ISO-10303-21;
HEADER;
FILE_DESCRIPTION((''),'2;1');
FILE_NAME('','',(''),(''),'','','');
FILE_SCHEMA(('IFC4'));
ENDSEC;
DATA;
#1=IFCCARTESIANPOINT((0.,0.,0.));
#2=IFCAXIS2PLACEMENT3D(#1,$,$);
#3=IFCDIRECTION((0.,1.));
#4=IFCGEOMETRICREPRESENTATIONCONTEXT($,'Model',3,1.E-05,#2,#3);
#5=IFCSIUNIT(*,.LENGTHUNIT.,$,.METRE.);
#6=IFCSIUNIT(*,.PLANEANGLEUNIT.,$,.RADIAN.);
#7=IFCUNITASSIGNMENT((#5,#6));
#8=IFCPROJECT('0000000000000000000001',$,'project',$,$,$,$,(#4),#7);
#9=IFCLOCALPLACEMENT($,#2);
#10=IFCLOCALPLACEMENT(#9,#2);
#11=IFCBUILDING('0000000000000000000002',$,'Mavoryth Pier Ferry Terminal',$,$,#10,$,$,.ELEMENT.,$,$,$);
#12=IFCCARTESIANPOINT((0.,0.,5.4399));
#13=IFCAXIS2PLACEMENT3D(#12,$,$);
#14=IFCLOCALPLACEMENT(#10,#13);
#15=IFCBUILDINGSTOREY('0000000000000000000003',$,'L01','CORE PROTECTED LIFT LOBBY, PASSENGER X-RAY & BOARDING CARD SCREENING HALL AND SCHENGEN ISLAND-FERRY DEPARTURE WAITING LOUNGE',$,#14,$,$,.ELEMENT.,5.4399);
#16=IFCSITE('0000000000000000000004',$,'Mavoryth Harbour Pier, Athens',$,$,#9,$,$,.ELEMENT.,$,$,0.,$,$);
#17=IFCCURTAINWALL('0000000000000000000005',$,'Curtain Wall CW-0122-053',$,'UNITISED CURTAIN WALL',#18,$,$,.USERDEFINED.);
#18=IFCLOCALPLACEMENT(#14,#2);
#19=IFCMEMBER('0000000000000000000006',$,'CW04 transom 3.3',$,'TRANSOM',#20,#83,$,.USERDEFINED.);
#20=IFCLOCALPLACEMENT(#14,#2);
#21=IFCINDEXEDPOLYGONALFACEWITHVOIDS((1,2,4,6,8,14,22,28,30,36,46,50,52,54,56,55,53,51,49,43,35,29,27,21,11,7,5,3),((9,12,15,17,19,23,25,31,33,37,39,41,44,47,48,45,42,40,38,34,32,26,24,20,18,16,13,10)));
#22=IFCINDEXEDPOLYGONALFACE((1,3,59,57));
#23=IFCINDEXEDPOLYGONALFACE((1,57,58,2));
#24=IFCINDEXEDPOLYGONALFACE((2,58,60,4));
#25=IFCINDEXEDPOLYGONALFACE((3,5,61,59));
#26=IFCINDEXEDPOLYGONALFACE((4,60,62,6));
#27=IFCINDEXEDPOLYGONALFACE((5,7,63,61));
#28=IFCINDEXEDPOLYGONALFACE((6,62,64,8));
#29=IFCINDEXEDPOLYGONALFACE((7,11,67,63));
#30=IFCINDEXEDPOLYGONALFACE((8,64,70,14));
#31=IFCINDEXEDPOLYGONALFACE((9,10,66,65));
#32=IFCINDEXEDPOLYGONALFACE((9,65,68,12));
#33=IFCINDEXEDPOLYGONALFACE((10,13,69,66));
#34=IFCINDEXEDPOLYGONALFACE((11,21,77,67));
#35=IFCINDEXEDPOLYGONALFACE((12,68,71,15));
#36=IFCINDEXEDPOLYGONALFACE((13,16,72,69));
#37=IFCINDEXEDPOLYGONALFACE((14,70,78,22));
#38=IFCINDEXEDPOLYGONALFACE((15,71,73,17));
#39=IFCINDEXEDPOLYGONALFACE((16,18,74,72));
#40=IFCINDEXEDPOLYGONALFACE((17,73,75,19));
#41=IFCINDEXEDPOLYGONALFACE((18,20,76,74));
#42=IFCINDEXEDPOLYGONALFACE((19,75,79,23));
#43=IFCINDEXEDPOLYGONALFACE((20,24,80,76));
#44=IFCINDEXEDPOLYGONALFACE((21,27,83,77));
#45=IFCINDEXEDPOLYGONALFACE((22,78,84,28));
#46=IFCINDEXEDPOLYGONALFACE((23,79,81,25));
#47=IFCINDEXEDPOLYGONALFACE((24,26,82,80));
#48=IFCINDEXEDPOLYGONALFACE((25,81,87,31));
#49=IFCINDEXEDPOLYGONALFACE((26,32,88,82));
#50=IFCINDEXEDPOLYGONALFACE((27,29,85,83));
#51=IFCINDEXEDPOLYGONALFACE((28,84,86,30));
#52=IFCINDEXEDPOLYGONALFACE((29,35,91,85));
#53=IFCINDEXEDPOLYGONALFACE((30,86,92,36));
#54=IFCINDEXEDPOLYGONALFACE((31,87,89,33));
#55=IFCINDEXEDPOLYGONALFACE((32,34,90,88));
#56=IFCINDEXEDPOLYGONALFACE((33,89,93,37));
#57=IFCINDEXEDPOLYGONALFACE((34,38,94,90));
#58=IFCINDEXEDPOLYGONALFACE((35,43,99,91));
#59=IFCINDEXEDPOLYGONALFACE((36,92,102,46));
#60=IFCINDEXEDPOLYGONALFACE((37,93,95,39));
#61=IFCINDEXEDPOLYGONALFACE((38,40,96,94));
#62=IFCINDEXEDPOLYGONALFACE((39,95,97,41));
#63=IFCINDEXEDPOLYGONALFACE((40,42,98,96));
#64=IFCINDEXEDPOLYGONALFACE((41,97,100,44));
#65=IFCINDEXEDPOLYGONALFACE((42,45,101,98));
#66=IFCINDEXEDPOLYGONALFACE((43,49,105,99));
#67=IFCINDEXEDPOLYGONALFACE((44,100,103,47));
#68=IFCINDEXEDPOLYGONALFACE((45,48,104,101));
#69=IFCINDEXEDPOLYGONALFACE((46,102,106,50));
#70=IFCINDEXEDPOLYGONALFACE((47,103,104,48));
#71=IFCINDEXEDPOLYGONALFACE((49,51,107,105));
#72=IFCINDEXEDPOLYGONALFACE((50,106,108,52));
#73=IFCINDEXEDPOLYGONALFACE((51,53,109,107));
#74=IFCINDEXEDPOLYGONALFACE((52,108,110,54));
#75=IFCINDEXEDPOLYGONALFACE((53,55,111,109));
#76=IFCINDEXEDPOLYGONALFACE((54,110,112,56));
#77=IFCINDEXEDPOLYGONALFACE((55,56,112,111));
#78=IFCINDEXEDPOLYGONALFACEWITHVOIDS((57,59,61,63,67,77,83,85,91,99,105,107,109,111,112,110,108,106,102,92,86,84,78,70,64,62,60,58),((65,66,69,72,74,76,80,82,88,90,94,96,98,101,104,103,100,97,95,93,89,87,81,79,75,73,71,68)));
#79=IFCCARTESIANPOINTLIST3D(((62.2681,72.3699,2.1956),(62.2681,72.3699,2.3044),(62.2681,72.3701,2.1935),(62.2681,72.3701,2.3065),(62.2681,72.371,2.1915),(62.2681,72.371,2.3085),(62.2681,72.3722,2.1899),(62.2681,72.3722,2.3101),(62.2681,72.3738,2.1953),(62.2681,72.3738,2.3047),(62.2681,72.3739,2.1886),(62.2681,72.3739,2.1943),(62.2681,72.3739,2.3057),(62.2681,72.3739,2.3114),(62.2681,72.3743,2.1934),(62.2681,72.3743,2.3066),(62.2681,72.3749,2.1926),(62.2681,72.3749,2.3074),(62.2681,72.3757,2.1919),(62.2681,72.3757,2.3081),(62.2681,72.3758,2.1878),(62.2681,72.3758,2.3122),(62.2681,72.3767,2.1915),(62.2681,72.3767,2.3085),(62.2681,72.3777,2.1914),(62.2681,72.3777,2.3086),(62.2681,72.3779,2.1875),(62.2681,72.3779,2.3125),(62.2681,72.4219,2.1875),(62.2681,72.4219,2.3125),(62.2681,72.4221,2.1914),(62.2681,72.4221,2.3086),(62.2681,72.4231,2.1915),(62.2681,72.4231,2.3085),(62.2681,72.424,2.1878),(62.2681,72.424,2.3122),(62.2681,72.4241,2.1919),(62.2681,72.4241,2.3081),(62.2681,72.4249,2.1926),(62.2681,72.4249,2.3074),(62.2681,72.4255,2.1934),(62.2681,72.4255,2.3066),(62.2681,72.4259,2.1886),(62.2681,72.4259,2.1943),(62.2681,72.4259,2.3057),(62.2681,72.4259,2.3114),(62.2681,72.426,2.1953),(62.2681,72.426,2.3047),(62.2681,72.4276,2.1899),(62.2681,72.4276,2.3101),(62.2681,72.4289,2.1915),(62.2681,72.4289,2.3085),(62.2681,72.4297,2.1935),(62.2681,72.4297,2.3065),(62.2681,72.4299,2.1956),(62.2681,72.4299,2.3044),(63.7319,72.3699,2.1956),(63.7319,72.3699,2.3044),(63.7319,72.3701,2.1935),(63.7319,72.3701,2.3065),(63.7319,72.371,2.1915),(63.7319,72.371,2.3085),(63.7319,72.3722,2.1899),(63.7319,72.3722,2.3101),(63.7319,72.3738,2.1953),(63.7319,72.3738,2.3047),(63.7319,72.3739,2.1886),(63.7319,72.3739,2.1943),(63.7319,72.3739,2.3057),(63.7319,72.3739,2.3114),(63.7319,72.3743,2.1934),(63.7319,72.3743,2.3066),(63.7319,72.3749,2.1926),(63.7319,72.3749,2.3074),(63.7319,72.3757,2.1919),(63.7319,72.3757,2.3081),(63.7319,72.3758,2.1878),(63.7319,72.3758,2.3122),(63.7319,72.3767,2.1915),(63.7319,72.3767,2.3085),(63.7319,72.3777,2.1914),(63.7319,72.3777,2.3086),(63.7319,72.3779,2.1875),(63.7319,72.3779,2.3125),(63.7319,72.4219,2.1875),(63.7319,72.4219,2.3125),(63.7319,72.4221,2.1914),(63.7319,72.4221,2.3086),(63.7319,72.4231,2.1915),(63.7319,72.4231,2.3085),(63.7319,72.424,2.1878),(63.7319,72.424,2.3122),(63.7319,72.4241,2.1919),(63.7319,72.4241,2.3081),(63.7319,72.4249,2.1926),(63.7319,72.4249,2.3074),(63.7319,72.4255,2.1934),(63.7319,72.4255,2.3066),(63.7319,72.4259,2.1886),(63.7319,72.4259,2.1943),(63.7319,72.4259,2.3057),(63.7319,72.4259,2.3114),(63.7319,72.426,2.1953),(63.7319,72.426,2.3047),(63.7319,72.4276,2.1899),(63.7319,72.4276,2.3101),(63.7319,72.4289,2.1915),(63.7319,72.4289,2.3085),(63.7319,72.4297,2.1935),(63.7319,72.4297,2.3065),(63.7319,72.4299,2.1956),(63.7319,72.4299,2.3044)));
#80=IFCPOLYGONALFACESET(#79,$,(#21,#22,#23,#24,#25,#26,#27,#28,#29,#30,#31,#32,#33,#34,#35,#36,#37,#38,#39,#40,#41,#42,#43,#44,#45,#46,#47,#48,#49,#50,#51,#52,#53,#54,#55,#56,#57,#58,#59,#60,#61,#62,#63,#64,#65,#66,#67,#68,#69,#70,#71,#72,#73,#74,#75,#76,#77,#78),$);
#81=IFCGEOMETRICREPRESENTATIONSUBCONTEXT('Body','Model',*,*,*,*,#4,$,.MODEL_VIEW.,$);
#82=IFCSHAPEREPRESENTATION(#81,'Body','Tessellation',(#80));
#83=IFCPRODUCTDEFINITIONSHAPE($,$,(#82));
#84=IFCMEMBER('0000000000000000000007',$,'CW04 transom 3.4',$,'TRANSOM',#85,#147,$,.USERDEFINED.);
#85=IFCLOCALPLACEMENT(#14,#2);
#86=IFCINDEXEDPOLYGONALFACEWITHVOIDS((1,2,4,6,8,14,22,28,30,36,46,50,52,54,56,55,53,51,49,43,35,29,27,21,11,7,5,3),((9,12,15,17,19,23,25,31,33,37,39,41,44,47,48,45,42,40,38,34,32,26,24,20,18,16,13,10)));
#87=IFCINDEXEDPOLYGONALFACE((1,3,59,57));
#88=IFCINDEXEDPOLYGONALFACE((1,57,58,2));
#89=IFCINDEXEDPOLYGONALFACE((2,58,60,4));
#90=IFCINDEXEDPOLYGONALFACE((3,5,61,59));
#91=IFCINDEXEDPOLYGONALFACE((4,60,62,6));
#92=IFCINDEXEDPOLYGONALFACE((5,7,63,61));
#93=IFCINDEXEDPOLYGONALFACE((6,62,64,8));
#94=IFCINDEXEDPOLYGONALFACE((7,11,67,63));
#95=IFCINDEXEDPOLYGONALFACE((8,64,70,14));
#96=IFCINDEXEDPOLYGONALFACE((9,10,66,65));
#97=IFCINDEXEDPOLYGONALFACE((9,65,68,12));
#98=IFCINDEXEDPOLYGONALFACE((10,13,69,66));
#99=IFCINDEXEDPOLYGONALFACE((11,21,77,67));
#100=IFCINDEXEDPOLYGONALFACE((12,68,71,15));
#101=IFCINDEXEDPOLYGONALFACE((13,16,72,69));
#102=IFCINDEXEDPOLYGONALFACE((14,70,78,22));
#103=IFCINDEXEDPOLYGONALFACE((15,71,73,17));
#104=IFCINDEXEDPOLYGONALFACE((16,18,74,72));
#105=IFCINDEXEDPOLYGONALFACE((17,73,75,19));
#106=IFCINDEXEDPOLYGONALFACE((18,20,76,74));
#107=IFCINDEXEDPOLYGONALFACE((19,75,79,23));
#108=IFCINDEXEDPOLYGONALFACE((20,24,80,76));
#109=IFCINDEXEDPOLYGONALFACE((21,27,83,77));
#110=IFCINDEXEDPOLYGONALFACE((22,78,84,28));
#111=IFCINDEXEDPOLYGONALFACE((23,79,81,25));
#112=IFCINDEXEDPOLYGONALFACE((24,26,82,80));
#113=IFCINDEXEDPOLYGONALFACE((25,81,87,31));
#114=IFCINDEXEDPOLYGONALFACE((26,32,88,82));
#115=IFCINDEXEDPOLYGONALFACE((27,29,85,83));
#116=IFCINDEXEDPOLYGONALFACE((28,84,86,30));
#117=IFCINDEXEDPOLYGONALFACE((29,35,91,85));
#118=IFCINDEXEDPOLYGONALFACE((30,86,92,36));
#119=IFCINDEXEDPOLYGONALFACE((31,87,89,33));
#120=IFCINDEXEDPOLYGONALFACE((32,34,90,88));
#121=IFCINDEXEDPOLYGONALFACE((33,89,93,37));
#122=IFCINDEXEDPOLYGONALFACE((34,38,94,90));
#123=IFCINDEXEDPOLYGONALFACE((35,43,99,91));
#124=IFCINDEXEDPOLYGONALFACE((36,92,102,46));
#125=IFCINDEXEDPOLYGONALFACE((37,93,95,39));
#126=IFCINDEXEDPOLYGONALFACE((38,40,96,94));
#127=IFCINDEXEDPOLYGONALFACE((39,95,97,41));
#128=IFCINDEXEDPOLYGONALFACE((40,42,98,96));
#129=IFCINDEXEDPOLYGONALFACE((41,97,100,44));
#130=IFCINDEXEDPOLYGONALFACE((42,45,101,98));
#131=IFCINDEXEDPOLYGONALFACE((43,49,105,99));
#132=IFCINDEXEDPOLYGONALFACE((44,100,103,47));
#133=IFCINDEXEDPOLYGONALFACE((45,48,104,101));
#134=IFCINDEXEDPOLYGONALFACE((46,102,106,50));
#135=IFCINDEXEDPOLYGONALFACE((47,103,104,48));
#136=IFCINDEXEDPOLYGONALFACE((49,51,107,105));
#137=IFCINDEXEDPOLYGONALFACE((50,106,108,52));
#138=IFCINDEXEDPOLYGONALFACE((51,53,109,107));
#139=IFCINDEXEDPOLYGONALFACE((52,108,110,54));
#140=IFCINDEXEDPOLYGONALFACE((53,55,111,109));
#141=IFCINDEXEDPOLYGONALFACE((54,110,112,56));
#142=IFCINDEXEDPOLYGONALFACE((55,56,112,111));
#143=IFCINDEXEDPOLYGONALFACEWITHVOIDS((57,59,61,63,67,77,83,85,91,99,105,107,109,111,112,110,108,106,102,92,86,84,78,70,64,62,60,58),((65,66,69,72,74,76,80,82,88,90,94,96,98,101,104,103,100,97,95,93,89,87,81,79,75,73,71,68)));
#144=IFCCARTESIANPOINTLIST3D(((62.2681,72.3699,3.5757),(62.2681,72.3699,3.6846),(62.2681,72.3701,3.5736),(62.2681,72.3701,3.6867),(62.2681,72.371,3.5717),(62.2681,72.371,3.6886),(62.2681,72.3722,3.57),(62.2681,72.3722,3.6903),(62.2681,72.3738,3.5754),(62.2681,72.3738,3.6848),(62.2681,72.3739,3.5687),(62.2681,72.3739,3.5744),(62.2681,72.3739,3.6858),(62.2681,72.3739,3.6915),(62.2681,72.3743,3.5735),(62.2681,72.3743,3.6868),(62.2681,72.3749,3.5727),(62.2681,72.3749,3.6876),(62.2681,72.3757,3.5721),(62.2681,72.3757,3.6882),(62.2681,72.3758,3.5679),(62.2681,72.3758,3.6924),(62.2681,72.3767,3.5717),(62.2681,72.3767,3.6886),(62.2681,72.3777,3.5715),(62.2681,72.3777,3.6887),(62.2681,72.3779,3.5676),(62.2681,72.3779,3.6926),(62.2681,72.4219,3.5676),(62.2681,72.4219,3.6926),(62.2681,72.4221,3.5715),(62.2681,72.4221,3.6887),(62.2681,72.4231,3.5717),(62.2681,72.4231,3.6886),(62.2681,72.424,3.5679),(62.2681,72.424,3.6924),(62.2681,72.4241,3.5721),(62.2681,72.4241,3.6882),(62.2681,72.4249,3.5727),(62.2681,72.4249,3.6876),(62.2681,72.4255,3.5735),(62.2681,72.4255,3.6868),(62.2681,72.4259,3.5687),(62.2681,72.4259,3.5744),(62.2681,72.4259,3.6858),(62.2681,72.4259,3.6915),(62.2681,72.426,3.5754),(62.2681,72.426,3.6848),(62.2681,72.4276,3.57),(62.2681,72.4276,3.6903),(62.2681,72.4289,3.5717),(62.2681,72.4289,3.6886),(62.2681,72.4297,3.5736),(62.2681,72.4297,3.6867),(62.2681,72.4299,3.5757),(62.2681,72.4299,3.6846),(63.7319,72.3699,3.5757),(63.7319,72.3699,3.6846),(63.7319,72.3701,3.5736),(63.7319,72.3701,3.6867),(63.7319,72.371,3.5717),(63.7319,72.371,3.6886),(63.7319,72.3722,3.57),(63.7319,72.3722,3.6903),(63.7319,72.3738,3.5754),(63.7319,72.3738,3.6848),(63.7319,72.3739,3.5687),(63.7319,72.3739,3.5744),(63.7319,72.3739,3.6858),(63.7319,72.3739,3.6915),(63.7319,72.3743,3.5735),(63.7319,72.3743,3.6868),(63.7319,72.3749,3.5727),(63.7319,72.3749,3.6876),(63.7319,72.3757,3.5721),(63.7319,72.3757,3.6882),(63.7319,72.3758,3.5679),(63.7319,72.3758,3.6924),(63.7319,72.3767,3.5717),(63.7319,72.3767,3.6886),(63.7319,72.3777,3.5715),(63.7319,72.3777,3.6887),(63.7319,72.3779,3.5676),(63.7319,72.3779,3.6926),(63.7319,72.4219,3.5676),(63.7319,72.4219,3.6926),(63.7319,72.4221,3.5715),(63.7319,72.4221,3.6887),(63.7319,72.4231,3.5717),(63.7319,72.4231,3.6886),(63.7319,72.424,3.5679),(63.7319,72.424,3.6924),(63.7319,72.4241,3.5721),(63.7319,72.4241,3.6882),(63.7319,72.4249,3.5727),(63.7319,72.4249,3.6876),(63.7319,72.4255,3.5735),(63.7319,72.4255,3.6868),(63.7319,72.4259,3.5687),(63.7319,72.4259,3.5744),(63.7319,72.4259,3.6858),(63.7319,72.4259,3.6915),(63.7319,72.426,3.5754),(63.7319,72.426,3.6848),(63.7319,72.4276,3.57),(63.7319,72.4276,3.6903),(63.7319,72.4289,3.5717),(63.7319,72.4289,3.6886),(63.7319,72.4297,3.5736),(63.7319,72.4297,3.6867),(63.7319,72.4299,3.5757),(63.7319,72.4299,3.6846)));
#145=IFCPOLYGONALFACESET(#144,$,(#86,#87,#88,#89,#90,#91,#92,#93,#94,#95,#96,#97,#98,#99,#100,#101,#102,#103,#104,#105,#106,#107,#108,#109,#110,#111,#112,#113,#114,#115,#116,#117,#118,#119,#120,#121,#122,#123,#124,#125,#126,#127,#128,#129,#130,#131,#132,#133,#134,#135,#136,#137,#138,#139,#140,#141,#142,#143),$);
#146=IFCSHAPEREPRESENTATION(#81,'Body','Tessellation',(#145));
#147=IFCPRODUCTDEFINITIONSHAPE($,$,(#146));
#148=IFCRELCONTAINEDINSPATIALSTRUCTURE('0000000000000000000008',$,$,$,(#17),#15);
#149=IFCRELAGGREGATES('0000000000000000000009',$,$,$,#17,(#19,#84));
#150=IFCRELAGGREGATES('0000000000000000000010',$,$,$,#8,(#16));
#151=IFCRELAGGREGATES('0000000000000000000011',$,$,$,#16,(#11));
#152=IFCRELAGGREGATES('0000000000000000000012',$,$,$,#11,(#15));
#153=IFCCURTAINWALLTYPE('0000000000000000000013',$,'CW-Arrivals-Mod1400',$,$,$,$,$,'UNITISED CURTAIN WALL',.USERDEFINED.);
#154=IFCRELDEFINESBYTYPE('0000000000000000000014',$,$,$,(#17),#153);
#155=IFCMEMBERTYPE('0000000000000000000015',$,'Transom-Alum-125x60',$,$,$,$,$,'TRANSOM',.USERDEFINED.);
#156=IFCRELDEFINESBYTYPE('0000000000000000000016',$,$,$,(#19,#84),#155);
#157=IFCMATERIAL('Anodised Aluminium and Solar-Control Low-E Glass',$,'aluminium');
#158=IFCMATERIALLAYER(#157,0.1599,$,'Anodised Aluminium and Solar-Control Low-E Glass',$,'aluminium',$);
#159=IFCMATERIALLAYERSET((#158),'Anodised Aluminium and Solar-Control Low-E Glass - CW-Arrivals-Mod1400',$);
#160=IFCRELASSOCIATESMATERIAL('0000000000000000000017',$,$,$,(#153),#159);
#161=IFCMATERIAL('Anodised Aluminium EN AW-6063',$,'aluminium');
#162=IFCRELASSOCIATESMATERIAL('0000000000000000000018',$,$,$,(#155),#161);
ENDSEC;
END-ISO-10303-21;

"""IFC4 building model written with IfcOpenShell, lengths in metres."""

from ifc_helpers import new_model, si_unit, direction, frame, origin, origin_2d, place, context, subcontext, project, spatial, hollow_rectangle, extrude, material, layer, layer_set, material_profile, profile_set, type_object, element, aggregate, save


model = new_model("IFC4")

# Units and contexts
model_context = context("Model", 3, precision=1e-05, world=origin(), true_north=direction((0.0, 1.0)))
body_context = subcontext(model_context, "Body", "Model", "MODEL_VIEW")
ifc_project = project(units=[si_unit("LENGTHUNIT", "METRE"), si_unit("PLANEANGLEUNIT", "RADIAN")], contexts=[model_context])

# Site, building, storey
site_placement = place(None, origin())
site = spatial("IfcSite", under=ifc_project, at=site_placement, Name="Mavoryth Harbour Pier, Athens", CompositionType="ELEMENT", RefElevation=0.0)
building_placement = place(site_placement, origin())
building = spatial("IfcBuilding", under=site, at=building_placement, Name="Mavoryth Pier Ferry Terminal", CompositionType="ELEMENT")
storey_placement = place(building_placement, frame((0.0, 0.0, 5.4399)))
storey = spatial("IfcBuildingStorey", under=building, at=storey_placement, Name="L01", Description="CORE PROTECTED LIFT LOBBY, PASSENGER X-RAY & BOARDING CARD SCREENING HALL AND SCHENGEN ISLAND-FERRY DEPARTURE WAITING LOUNGE", CompositionType="ELEMENT", Elevation=5.4399)

# Curtain wall
ifc_material_1 = material(Name="Anodised Aluminium and Solar-Control Low-E Glass", Category="aluminium")
ifc_layer_1 = layer(ifc_material_1, 0.1599, Name="Anodised Aluminium and Solar-Control Low-E Glass", Category="aluminium")
ifc_layer_set_1 = layer_set([ifc_layer_1], Name="Anodised Aluminium and Solar-Control Low-E Glass - CW-Arrivals-Mod1400")
curtain_wall_type_1 = type_object("IfcCurtainWallType", Name="CW-Arrivals-Mod1400", ElementType="UNITISED CURTAIN WALL", PredefinedType="USERDEFINED", material=ifc_layer_set_1)
curtain_wall_1_placement = place(storey_placement, origin())
curtain_wall_1 = element("IfcCurtainWall", 1, at=curtain_wall_1_placement, inside=storey, type_object=curtain_wall_type_1, Name="Curtain Wall CW-0122-053", ObjectType="UNITISED CURTAIN WALL", PredefinedType="USERDEFINED")
ifc_material_2 = material(Name="Anodised Aluminium EN AW-6063", Category="aluminium")

# Members
ifc_material_profile_1 = material_profile(ifc_material_2, hollow_rectangle(XDim=0.0601, YDim=0.125, WallThickness=0.0039, InnerFilletRadius=0.0039, OuterFilletRadius=0.0081, at=origin_2d()), Name="AL-TRAN 125x60x4", Category="aluminium")
ifc_profile_set_1 = profile_set([ifc_material_profile_1], Name="Anodised Aluminium EN AW-6063 - AL-TRAN 125x60x4")
member_type_1 = type_object("IfcMemberType", Name="Transom-Alum-125x60", ElementType="TRANSOM", PredefinedType="USERDEFINED", material=ifc_profile_set_1)
member_1_placement = place(storey_placement, frame((62.2681, 72.3999, 2.25), z_axis=(1.0, 0.0, 0.0), x_axis=(0.0, 1.0, 0.0)))
member_1 = element("IfcMember", 2, at=member_1_placement, type_object=member_type_1, Name="CW04 transom 3.3", ObjectType="TRANSOM", PredefinedType="USERDEFINED", context=body_context, shape_type="SweptSolid", body=[
    extrude(hollow_rectangle(XDim=0.0601, YDim=0.125, WallThickness=0.0039, InnerFilletRadius=0.0039, OuterFilletRadius=0.0081, at=origin_2d()), origin(), (0.0, 0.0, 1.0), 1.4639),
])
member_2_placement = place(storey_placement, frame((62.2681, 72.3999, 3.6301), z_axis=(1.0, 0.0, 0.0), x_axis=(0.0, 1.0, 0.0)))
member_2 = element("IfcMember", 3, at=member_2_placement, type_object=member_type_1, Name="CW04 transom 3.4", ObjectType="TRANSOM", PredefinedType="USERDEFINED", context=body_context, shape_type="SweptSolid", body=[
    extrude(hollow_rectangle(XDim=0.0601, YDim=0.125, WallThickness=0.0039, InnerFilletRadius=0.0039, OuterFilletRadius=0.0081, at=origin_2d()), origin(), (0.0, 0.0, 1.0), 1.4639),
])

aggregate(curtain_wall_1, [member_1, member_2])

save(model, "model.ifc")
